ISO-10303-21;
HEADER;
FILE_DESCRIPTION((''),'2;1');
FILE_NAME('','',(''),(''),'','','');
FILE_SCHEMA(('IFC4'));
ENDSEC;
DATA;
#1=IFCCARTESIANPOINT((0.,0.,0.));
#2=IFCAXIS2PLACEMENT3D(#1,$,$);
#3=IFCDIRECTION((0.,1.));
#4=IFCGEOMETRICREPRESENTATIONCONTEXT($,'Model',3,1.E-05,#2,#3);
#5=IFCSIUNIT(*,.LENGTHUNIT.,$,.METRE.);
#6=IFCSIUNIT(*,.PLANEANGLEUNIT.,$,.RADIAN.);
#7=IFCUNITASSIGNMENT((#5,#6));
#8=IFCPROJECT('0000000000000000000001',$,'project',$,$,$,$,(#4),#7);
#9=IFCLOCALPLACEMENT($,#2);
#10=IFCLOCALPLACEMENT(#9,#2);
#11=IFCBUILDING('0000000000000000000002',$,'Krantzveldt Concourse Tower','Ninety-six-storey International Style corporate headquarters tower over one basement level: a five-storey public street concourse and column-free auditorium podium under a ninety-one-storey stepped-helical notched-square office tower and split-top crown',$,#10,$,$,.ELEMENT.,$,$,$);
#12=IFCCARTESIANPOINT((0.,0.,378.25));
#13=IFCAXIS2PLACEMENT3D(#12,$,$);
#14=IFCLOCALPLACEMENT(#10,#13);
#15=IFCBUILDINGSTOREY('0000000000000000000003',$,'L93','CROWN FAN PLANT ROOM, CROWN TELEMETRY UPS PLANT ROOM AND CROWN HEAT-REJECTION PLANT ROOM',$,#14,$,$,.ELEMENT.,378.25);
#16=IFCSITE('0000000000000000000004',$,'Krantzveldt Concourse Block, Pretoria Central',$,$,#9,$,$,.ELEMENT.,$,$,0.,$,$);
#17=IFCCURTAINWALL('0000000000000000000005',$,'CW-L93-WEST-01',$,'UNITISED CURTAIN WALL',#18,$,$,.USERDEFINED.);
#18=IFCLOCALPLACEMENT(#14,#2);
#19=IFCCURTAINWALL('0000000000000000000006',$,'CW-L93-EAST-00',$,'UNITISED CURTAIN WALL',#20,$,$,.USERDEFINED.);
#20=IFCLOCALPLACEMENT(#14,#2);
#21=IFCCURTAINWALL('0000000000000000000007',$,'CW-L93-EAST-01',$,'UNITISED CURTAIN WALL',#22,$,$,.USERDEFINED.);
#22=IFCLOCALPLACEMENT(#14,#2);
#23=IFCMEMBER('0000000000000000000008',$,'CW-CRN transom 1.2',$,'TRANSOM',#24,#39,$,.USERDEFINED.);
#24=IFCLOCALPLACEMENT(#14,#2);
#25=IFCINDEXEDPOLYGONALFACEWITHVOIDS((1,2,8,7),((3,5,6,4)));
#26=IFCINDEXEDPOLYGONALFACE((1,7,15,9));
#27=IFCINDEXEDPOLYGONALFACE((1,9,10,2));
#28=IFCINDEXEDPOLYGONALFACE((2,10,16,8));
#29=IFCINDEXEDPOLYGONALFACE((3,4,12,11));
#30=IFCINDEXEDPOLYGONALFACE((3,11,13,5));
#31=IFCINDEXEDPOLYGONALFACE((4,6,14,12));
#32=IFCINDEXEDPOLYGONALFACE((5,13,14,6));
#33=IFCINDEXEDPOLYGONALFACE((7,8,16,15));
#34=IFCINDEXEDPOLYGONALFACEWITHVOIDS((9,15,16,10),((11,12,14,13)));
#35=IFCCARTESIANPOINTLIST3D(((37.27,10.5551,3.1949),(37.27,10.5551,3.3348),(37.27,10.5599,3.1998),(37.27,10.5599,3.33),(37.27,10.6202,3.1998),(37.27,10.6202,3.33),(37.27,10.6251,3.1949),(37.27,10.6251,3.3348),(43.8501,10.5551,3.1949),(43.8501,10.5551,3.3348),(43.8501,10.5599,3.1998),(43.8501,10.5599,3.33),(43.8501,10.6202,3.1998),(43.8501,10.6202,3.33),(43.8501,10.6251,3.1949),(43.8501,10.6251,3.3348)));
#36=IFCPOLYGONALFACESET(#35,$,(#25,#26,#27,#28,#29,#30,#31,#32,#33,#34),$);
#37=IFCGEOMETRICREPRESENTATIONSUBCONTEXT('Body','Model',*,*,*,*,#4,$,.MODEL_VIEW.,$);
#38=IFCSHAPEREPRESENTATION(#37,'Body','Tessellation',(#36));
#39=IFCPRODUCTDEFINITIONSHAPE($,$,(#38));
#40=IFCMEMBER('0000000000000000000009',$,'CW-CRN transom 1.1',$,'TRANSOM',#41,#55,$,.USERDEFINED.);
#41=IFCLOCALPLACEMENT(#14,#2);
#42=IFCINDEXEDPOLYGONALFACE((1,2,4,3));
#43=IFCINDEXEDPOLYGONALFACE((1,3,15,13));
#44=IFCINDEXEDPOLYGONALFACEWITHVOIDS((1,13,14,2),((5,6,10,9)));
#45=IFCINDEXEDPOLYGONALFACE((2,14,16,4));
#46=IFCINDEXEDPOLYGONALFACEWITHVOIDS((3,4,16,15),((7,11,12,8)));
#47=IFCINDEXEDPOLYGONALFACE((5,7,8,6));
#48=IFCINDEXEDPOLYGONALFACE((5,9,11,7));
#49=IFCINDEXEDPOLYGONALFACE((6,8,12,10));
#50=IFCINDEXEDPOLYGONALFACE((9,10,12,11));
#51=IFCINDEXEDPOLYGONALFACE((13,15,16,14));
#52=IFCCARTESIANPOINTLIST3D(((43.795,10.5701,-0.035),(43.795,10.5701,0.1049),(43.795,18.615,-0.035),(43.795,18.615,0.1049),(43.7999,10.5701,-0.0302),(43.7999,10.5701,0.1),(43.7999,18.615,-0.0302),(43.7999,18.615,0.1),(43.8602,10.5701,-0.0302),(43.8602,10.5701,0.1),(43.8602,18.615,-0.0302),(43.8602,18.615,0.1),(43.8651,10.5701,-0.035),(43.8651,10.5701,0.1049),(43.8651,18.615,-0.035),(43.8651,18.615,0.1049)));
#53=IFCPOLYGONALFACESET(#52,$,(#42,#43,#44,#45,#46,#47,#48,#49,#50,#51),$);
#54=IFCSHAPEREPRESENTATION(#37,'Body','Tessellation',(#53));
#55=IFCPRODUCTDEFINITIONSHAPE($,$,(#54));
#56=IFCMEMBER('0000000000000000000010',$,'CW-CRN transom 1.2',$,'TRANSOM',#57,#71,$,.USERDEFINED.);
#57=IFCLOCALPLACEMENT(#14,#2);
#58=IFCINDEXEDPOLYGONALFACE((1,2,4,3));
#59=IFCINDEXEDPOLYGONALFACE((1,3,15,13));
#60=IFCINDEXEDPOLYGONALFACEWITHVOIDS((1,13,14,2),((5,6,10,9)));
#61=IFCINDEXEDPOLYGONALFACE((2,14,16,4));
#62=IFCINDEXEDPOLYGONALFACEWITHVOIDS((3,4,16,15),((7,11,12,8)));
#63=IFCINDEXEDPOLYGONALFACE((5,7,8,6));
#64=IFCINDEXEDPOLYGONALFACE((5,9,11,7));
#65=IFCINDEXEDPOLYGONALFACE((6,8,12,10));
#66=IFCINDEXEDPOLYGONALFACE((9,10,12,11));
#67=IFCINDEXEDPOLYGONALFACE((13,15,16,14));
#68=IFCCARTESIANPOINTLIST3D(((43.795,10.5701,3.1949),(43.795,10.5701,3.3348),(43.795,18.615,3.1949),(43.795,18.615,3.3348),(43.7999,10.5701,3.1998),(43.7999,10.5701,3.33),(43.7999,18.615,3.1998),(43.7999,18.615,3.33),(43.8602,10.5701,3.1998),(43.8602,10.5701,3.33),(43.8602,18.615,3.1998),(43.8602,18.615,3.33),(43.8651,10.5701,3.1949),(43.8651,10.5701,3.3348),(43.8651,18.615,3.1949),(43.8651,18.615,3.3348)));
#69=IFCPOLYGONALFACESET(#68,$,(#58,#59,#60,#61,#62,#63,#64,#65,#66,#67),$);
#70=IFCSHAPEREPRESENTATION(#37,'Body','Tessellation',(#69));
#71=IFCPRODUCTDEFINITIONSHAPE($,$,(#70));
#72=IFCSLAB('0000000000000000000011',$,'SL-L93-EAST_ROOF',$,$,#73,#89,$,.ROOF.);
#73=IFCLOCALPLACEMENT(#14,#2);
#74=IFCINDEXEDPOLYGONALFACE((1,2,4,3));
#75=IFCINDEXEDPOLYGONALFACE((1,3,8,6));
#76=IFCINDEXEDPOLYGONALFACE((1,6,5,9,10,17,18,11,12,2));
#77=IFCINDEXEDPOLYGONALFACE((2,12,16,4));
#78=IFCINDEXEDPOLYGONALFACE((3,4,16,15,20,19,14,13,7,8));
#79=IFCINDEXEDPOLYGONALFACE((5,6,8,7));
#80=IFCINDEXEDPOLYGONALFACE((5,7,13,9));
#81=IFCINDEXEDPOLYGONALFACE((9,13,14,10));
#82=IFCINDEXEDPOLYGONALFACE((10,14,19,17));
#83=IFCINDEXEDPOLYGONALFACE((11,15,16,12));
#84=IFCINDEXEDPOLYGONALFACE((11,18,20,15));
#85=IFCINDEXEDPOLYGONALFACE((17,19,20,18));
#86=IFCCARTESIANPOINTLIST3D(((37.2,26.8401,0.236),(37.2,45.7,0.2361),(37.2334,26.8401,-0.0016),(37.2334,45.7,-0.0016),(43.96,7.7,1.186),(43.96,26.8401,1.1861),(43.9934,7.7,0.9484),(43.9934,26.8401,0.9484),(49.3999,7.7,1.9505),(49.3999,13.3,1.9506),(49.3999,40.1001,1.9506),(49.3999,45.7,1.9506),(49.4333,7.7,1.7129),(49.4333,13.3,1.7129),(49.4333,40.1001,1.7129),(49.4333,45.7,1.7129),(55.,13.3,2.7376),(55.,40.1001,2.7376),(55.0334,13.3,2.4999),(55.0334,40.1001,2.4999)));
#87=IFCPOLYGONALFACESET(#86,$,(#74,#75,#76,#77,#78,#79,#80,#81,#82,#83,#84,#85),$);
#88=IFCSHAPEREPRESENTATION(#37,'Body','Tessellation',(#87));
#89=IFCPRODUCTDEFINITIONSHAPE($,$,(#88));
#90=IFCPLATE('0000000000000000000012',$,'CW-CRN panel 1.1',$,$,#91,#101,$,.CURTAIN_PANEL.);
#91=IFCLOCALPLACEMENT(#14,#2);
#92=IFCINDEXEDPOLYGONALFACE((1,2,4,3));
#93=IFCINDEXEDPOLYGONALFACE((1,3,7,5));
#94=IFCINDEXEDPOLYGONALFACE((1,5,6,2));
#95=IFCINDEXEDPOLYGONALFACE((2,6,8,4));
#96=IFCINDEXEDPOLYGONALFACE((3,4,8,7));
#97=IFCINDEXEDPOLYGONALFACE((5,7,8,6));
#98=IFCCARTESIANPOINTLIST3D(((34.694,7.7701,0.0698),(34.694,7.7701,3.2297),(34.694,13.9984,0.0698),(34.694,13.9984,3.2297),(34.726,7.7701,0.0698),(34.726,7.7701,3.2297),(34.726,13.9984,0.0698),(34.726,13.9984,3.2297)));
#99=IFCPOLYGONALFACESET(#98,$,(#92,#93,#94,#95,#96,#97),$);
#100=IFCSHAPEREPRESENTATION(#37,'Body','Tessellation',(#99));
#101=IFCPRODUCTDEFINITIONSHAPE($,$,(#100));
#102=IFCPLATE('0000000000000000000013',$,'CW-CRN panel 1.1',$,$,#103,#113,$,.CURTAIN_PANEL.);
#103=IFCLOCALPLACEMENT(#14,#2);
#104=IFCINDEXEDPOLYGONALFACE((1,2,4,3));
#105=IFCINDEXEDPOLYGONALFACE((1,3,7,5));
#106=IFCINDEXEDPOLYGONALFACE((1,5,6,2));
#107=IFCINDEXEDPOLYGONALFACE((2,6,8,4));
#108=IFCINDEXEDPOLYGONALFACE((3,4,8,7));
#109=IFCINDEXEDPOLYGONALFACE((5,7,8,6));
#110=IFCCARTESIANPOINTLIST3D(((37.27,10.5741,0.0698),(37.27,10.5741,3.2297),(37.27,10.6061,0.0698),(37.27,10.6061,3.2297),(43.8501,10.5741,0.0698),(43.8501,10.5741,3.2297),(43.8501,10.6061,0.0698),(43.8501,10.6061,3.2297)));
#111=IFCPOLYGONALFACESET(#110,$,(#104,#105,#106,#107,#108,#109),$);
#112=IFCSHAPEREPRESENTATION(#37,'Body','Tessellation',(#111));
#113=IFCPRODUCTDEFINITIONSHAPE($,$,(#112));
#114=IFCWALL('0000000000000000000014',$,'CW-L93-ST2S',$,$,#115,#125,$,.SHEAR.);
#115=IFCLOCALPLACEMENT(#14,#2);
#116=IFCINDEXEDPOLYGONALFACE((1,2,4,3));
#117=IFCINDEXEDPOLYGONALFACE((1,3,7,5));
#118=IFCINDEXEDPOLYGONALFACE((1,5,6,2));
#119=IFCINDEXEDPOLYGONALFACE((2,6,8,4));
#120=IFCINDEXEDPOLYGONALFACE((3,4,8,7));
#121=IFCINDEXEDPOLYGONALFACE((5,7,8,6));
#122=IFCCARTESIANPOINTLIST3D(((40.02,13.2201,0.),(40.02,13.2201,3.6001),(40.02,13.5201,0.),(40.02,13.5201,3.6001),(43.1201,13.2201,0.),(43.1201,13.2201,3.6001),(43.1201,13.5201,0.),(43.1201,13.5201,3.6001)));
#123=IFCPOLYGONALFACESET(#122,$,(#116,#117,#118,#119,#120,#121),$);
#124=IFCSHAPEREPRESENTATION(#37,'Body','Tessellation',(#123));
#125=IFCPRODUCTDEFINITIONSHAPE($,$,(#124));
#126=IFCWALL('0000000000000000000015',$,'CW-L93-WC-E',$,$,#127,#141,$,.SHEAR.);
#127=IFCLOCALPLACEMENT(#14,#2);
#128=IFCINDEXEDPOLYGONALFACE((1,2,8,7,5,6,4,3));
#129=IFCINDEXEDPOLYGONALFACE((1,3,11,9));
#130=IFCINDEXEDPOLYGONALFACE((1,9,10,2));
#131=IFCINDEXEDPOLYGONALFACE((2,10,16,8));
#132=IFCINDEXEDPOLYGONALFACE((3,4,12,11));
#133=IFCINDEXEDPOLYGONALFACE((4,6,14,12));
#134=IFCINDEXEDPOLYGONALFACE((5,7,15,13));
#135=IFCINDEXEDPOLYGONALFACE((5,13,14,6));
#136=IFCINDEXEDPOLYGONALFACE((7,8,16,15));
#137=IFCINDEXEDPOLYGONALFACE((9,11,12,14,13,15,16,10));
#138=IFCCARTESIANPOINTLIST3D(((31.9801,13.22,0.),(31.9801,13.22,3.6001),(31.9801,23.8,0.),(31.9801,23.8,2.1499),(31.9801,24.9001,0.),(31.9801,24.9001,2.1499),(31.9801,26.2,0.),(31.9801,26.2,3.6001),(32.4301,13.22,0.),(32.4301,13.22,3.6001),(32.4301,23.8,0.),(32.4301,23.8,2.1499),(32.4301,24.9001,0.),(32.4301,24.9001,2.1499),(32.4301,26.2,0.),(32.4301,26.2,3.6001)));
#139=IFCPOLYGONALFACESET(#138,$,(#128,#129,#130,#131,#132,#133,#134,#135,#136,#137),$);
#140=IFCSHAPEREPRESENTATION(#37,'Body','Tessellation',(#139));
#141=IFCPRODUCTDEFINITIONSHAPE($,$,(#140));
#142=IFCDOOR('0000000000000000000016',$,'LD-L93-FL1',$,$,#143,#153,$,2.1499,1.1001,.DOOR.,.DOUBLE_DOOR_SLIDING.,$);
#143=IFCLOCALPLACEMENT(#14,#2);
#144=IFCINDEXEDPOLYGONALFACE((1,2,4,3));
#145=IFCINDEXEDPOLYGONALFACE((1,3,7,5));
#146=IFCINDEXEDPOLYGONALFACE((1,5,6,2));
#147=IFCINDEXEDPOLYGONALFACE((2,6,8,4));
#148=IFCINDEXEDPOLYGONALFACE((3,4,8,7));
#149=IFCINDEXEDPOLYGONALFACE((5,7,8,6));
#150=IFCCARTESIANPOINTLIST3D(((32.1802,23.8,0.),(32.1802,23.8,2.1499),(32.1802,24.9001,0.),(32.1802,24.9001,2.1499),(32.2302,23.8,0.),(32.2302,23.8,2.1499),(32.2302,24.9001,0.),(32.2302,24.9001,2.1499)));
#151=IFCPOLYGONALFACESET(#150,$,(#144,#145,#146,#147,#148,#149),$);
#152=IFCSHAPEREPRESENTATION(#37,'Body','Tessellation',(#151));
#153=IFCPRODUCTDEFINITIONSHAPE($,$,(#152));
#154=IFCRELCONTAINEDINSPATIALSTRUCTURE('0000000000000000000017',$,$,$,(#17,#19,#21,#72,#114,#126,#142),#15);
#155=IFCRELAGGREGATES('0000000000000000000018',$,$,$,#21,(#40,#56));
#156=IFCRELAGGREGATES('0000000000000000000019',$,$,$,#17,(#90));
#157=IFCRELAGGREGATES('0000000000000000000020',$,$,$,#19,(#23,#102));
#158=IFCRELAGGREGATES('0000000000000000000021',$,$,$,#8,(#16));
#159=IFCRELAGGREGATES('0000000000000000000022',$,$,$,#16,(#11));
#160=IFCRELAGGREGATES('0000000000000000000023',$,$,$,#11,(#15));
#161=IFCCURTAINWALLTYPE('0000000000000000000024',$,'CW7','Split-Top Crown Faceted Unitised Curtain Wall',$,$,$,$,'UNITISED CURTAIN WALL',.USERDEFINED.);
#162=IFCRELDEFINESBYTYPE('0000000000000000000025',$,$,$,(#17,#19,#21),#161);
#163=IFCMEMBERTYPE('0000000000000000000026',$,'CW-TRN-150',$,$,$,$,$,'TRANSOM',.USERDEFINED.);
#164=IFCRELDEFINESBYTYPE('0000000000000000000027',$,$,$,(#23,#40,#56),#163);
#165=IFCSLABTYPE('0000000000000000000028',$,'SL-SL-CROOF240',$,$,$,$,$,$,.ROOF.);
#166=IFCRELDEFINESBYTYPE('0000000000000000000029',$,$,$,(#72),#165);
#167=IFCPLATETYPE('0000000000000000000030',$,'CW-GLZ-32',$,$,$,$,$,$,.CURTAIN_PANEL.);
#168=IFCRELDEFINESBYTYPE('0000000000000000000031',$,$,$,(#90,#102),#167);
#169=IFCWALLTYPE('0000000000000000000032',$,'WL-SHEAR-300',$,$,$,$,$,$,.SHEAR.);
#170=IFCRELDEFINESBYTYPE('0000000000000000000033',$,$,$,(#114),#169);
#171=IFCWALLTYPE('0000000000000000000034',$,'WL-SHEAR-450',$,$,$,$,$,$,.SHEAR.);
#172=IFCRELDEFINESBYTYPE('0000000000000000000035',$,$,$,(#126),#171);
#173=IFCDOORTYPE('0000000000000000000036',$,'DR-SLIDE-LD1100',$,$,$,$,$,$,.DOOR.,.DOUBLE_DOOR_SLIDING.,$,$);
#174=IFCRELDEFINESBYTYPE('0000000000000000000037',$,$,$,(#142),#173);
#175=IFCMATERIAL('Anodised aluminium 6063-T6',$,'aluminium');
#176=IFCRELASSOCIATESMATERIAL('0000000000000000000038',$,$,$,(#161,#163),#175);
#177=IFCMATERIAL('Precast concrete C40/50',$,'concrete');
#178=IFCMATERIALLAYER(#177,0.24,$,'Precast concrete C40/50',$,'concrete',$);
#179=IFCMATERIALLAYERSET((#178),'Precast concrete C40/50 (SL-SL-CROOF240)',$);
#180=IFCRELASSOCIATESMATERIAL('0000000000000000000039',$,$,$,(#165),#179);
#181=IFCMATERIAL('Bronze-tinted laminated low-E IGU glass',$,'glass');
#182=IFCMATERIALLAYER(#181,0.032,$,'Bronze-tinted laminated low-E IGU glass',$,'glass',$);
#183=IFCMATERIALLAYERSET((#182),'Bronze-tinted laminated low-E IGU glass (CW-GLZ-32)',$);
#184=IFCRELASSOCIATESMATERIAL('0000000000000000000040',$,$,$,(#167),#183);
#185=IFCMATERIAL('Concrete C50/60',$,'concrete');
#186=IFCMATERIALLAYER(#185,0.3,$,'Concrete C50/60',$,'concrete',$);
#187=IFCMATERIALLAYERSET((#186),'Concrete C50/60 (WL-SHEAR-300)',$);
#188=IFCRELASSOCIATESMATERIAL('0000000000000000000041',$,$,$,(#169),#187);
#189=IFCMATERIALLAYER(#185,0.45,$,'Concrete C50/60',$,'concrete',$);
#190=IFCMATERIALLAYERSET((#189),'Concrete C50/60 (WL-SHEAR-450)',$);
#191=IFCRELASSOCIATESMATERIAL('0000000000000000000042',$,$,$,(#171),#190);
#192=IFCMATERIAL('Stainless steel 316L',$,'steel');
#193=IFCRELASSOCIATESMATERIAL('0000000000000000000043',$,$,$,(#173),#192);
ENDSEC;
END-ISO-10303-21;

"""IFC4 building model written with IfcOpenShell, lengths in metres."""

from ifc_helpers import new_model, si_unit, direction, frame, frame_2d, origin, origin_2d, place, context, subcontext, project, spatial, polyline, rectangle, hollow_rectangle, outline, extrude, source, transform, mapped, material, layer, layer_set, material_profile, profile_set, type_object, type_shapes, element, fill, aggregate, save


model = new_model("IFC4")

# Units and contexts
model_context = context("Model", 3, precision=1e-05, world=origin(), true_north=direction((0.0, 1.0)))
body_context = subcontext(model_context, "Body", "Model", "MODEL_VIEW")
ifc_project = project(units=[si_unit("LENGTHUNIT", "METRE"), si_unit("PLANEANGLEUNIT", "RADIAN")], contexts=[model_context])

# Site, building, storey
site_placement = place(None, origin())
site = spatial("IfcSite", under=ifc_project, at=site_placement, Name="Krantzveldt Concourse Block, Pretoria Central", CompositionType="ELEMENT", RefElevation=0.0)
building_placement = place(site_placement, origin())
building = spatial("IfcBuilding", under=site, at=building_placement, Name="Krantzveldt Concourse Tower", Description="Ninety-six-storey International Style corporate headquarters tower over one basement level: a five-storey public street concourse and column-free auditorium podium under a ninety-one-storey stepped-helical notched-square office tower and split-top crown", CompositionType="ELEMENT")
storey_placement = place(building_placement, frame((0.0, 0.0, 378.25)))
storey = spatial("IfcBuildingStorey", under=building, at=storey_placement, Name="L93", Description="CROWN FAN PLANT ROOM, CROWN TELEMETRY UPS PLANT ROOM AND CROWN HEAT-REJECTION PLANT ROOM", CompositionType="ELEMENT", Elevation=378.25)

# Curtain wall
ifc_material_1 = material(Name="Anodised aluminium 6063-T6", Category="aluminium")
curtain_wall_type = type_object("IfcCurtainWallType", Name="CW7", Description="Split-Top Crown Faceted Unitised Curtain Wall", ElementType="UNITISED CURTAIN WALL", PredefinedType="USERDEFINED", material=ifc_material_1)
curtain_wall_1_placement = place(storey_placement, origin())
curtain_wall_1 = element("IfcCurtainWall", 1, at=curtain_wall_1_placement, inside=storey, type_object=curtain_wall_type, Name="CW-L93-WEST-01", ObjectType="UNITISED CURTAIN WALL", PredefinedType="USERDEFINED")
ifc_material_profile_1 = material_profile(ifc_material_1, hollow_rectangle(XDim=0.0701, YDim=0.1399, WallThickness=0.0049, at=origin_2d()), Name="Anodised aluminium 6063-T6", Category="aluminium")
ifc_profile_set_1 = profile_set([ifc_material_profile_1], Name="Anodised aluminium 6063-T6 - ALU-TRAN 140x70x5")
member_type_1 = type_object("IfcMemberType", Name="CW-TRN-150", ElementType="TRANSOM", PredefinedType="USERDEFINED", material=ifc_profile_set_1)

# Curtain wall
curtain_wall_2_placement = place(storey_placement, origin())
curtain_wall_2 = element("IfcCurtainWall", 2, at=curtain_wall_2_placement, inside=storey, type_object=curtain_wall_type, Name="CW-L93-EAST-00", ObjectType="UNITISED CURTAIN WALL", PredefinedType="USERDEFINED")

# Curtain wall
curtain_wall_3_placement = place(storey_placement, origin())
curtain_wall_3 = element("IfcCurtainWall", 3, at=curtain_wall_3_placement, inside=storey, type_object=curtain_wall_type, Name="CW-L93-EAST-01", ObjectType="UNITISED CURTAIN WALL", PredefinedType="USERDEFINED")

# Members
shared_shape_1 = source(origin(), body_context, "Body", "SweptSolid", [
    extrude(hollow_rectangle(XDim=0.0701, YDim=0.1399, WallThickness=0.0049, at=origin_2d()), origin(), (0.0, 0.0, 1.0), 6.5801),
])
member_1_placement = place(storey_placement, frame((37.27, 10.5901, 3.2649), z_axis=(1.0, 0.0, 0.0), x_axis=(0.0, 1.0, 0.0)))
member_1 = element("IfcMember", 4, at=member_1_placement, type_object=member_type_1, Name="CW-CRN transom 1.2", ObjectType="TRANSOM", PredefinedType="USERDEFINED", context=body_context, shape_type="MappedRepresentation", body=[
    mapped(shared_shape_1, transform((0.0, 0.0, 0.0), x_axis=(1.0, 0.0, 0.0), y_axis=(0.0, 1.0, 0.0), z_axis=(0.0, 0.0, 1.0), scale=1.0)),
])
shared_shape_2 = source(origin(), body_context, "Body", "SweptSolid", [
    extrude(hollow_rectangle(XDim=0.0701, YDim=0.1399, WallThickness=0.0049, at=origin_2d()), origin(), (0.0, 0.0, 1.0), 8.0449),
])
member_2_placement = place(storey_placement, frame((43.8301, 10.5701, 0.0349), z_axis=(0.0, 1.0, 0.0), x_axis=(-1.0, 0.0, 0.0)))
member_2 = element("IfcMember", 5, at=member_2_placement, type_object=member_type_1, Name="CW-CRN transom 1.1", ObjectType="TRANSOM", PredefinedType="USERDEFINED", context=body_context, shape_type="MappedRepresentation", body=[
    mapped(shared_shape_2, transform((0.0, 0.0, 0.0), x_axis=(1.0, 0.0, 0.0), y_axis=(0.0, 1.0, 0.0), z_axis=(0.0, 0.0, 1.0), scale=1.0)),
])
member_3_placement = place(storey_placement, frame((43.8301, 10.5701, 3.2649), z_axis=(0.0, 1.0, 0.0), x_axis=(-1.0, 0.0, 0.0)))
member_3 = element("IfcMember", 6, at=member_3_placement, type_object=member_type_1, Name="CW-CRN transom 1.2", ObjectType="TRANSOM", PredefinedType="USERDEFINED", context=body_context, shape_type="MappedRepresentation", body=[
    mapped(shared_shape_2, transform((0.0, 0.0, 0.0), x_axis=(1.0, 0.0, 0.0), y_axis=(0.0, 1.0, 0.0), z_axis=(0.0, 0.0, 1.0), scale=1.0)),
])
aggregate(curtain_wall_3, [member_2, member_3])

# Slab
ifc_material_2 = material(Name="Precast concrete C40/50", Category="concrete")
ifc_layer_1 = layer(ifc_material_2, 0.24, Name="Precast concrete C40/50", Category="concrete")
ifc_layer_set_1 = layer_set([ifc_layer_1], Name="Precast concrete C40/50 (SL-SL-CROOF240)")
slab_type = type_object("IfcSlabType", Name="SL-SL-CROOF240", PredefinedType="ROOF", material=ifc_layer_set_1)
slab_placement = place(storey_placement, frame((43.96, 7.7, 1.186), z_axis=(-0.139168, -0.000001, 0.990269), x_axis=(0.990269, 0.0, 0.139168)))
element("IfcSlab", 7, at=slab_placement, inside=storey, type_object=slab_type, Name="SL-L93-EAST_ROOF", PredefinedType="ROOF", context=body_context, shape_type="SweptSolid", body=[
    extrude(outline(polyline([(0.0, 0.0), (5.4934, 0.0), (5.4934, 5.6001), (11.1485, 5.6001), (11.1485, 32.4001), (5.4934, 32.4001), (5.4934, 38.0), (-6.8264, 38.0), (-6.8264, 19.1401), (0.0, 19.1401), (0.0, 0.0)])), origin(), (0.0, 0.0, -1.0), 0.24),
])

# Plates
ifc_material_3 = material(Name="Bronze-tinted laminated low-E IGU glass", Category="glass")
ifc_layer_2 = layer(ifc_material_3, 0.032, Name="Bronze-tinted laminated low-E IGU glass", Category="glass")
ifc_layer_set_2 = layer_set([ifc_layer_2], Name="Bronze-tinted laminated low-E IGU glass (CW-GLZ-32)")
plate_type = type_object("IfcPlateType", Name="CW-GLZ-32", PredefinedType="CURTAIN_PANEL", material=ifc_layer_set_2)
shared_shape_3 = source(origin(), body_context, "Body", "SweptSolid", [
    extrude(rectangle(XDim=6.2283, YDim=0.032, at=origin_2d()), origin(), (0.0, 0.0, 1.0), 3.1599),
])
plate_1_placement = place(storey_placement, frame((34.71, 10.8843, 0.0698), z_axis=(0.0, 0.0, 1.0), x_axis=(0.0, 1.0, 0.0)))
plate_1 = element("IfcPlate", 8, at=plate_1_placement, type_object=plate_type, Name="CW-CRN panel 1.1", PredefinedType="CURTAIN_PANEL", context=body_context, shape_type="MappedRepresentation", body=[
    mapped(shared_shape_3, transform((0.0, 0.0, 0.0), x_axis=(1.0, 0.0, 0.0), y_axis=(0.0, 1.0, 0.0), z_axis=(0.0, 0.0, 1.0), scale=1.0)),
])
aggregate(curtain_wall_1, [plate_1])
shared_shape_4 = source(origin(), body_context, "Body", "SweptSolid", [
    extrude(rectangle(XDim=6.5801, YDim=0.032, at=origin_2d()), origin(), (0.0, 0.0, 1.0), 3.1599),
])
type_shapes(plate_type, [shared_shape_3, shared_shape_4])
plate_2_placement = place(storey_placement, frame((40.5601, 10.5901, 0.0698), z_axis=(0.0, 0.0, 1.0), x_axis=(1.0, 0.0, 0.0)))
plate_2 = element("IfcPlate", 9, at=plate_2_placement, type_object=plate_type, Name="CW-CRN panel 1.1", PredefinedType="CURTAIN_PANEL", context=body_context, shape_type="MappedRepresentation", body=[
    mapped(shared_shape_4, transform((0.0, 0.0, 0.0), x_axis=(1.0, 0.0, 0.0), y_axis=(0.0, 1.0, 0.0), z_axis=(0.0, 0.0, 1.0), scale=1.0)),
])
aggregate(curtain_wall_2, [member_1, plate_2])

# Wall
ifc_material_4 = material(Name="Concrete C50/60", Category="concrete")
ifc_layer_3 = layer(ifc_material_4, 0.3, Name="Concrete C50/60", Category="concrete")
ifc_layer_set_3 = layer_set([ifc_layer_3], Name="Concrete C50/60 (WL-SHEAR-300)")
wall_type_1 = type_object("IfcWallType", Name="WL-SHEAR-300", PredefinedType="SHEAR", material=ifc_layer_set_3)
wall_1_placement = place(storey_placement, frame((40.02, 13.3701, 0.0), z_axis=(0.0, 0.0, 1.0), x_axis=(1.0, 0.0, 0.0)))
element("IfcWall", 10, at=wall_1_placement, inside=storey, type_object=wall_type_1, Name="CW-L93-ST2S", PredefinedType="SHEAR", context=body_context, shape_type="SweptSolid", body=[
    extrude(rectangle(XDim=3.1001, YDim=0.3, at=frame_2d((1.55, 0.0))), origin(), (0.0, 0.0, 1.0), 3.6001),
])

# Wall, opening, door
ifc_layer_4 = layer(ifc_material_4, 0.45, Name="Concrete C50/60", Category="concrete")
ifc_layer_set_4 = layer_set([ifc_layer_4], Name="Concrete C50/60 (WL-SHEAR-450)")
wall_type_2 = type_object("IfcWallType", Name="WL-SHEAR-450", PredefinedType="SHEAR", material=ifc_layer_set_4)
wall_2_placement = place(storey_placement, frame((32.2051, 13.22, 0.0), z_axis=(0.0, 0.0, 1.0), x_axis=(0.0, 1.0, 0.0)))
wall_2 = element("IfcWall", 11, at=wall_2_placement, inside=storey, type_object=wall_type_2, Name="CW-L93-WC-E", PredefinedType="SHEAR", context=body_context, shape_type="SweptSolid", body=[
    extrude(rectangle(XDim=12.98, YDim=0.45, at=frame_2d((6.49, 0.0))), origin(), (0.0, 0.0, 1.0), 3.6001),
])
opening_1_placement = place(wall_2_placement, frame((10.5801, 0.0, 0.0)))
opening_1 = element("IfcOpeningElement", 12, at=opening_1_placement, cuts=wall_2, PredefinedType="OPENING", context=body_context, shape_type="SweptSolid", body=[
    extrude(rectangle(XDim=1.1001, YDim=2.1499, at=frame_2d((0.55, 1.075))), frame((0.0, 0.2349, 0.0), z_axis=(0.0, -1.0, 0.0), x_axis=(1.0, 0.0, 0.0)), (0.0, 0.0, 1.0), 0.47),
])
ifc_material_5 = material(Name="Stainless steel 316L", Category="steel")
door_type = type_object("IfcDoorType", Name="DR-SLIDE-LD1100", OperationType="DOUBLE_DOOR_SLIDING", PredefinedType="DOOR", material=ifc_material_5)
door_1_placement = place(opening_1_placement, origin())
door_1 = element("IfcDoor", 13, at=door_1_placement, inside=storey, type_object=door_type, Name="LD-L93-FL1", OperationType="DOUBLE_DOOR_SLIDING", OverallHeight=2.1499, OverallWidth=1.1001, PredefinedType="DOOR", context=body_context, shape_type="SweptSolid", body=[
    extrude(rectangle(XDim=1.1001, YDim=2.1499, at=frame_2d((0.55, 1.075))), frame((0.0, 0.0249, 0.0), z_axis=(0.0, -1.0, 0.0), x_axis=(1.0, 0.0, 0.0)), (0.0, 0.0, 1.0), 0.05),
])
fill(opening_1, door_1)

save(model, "model.ifc")
